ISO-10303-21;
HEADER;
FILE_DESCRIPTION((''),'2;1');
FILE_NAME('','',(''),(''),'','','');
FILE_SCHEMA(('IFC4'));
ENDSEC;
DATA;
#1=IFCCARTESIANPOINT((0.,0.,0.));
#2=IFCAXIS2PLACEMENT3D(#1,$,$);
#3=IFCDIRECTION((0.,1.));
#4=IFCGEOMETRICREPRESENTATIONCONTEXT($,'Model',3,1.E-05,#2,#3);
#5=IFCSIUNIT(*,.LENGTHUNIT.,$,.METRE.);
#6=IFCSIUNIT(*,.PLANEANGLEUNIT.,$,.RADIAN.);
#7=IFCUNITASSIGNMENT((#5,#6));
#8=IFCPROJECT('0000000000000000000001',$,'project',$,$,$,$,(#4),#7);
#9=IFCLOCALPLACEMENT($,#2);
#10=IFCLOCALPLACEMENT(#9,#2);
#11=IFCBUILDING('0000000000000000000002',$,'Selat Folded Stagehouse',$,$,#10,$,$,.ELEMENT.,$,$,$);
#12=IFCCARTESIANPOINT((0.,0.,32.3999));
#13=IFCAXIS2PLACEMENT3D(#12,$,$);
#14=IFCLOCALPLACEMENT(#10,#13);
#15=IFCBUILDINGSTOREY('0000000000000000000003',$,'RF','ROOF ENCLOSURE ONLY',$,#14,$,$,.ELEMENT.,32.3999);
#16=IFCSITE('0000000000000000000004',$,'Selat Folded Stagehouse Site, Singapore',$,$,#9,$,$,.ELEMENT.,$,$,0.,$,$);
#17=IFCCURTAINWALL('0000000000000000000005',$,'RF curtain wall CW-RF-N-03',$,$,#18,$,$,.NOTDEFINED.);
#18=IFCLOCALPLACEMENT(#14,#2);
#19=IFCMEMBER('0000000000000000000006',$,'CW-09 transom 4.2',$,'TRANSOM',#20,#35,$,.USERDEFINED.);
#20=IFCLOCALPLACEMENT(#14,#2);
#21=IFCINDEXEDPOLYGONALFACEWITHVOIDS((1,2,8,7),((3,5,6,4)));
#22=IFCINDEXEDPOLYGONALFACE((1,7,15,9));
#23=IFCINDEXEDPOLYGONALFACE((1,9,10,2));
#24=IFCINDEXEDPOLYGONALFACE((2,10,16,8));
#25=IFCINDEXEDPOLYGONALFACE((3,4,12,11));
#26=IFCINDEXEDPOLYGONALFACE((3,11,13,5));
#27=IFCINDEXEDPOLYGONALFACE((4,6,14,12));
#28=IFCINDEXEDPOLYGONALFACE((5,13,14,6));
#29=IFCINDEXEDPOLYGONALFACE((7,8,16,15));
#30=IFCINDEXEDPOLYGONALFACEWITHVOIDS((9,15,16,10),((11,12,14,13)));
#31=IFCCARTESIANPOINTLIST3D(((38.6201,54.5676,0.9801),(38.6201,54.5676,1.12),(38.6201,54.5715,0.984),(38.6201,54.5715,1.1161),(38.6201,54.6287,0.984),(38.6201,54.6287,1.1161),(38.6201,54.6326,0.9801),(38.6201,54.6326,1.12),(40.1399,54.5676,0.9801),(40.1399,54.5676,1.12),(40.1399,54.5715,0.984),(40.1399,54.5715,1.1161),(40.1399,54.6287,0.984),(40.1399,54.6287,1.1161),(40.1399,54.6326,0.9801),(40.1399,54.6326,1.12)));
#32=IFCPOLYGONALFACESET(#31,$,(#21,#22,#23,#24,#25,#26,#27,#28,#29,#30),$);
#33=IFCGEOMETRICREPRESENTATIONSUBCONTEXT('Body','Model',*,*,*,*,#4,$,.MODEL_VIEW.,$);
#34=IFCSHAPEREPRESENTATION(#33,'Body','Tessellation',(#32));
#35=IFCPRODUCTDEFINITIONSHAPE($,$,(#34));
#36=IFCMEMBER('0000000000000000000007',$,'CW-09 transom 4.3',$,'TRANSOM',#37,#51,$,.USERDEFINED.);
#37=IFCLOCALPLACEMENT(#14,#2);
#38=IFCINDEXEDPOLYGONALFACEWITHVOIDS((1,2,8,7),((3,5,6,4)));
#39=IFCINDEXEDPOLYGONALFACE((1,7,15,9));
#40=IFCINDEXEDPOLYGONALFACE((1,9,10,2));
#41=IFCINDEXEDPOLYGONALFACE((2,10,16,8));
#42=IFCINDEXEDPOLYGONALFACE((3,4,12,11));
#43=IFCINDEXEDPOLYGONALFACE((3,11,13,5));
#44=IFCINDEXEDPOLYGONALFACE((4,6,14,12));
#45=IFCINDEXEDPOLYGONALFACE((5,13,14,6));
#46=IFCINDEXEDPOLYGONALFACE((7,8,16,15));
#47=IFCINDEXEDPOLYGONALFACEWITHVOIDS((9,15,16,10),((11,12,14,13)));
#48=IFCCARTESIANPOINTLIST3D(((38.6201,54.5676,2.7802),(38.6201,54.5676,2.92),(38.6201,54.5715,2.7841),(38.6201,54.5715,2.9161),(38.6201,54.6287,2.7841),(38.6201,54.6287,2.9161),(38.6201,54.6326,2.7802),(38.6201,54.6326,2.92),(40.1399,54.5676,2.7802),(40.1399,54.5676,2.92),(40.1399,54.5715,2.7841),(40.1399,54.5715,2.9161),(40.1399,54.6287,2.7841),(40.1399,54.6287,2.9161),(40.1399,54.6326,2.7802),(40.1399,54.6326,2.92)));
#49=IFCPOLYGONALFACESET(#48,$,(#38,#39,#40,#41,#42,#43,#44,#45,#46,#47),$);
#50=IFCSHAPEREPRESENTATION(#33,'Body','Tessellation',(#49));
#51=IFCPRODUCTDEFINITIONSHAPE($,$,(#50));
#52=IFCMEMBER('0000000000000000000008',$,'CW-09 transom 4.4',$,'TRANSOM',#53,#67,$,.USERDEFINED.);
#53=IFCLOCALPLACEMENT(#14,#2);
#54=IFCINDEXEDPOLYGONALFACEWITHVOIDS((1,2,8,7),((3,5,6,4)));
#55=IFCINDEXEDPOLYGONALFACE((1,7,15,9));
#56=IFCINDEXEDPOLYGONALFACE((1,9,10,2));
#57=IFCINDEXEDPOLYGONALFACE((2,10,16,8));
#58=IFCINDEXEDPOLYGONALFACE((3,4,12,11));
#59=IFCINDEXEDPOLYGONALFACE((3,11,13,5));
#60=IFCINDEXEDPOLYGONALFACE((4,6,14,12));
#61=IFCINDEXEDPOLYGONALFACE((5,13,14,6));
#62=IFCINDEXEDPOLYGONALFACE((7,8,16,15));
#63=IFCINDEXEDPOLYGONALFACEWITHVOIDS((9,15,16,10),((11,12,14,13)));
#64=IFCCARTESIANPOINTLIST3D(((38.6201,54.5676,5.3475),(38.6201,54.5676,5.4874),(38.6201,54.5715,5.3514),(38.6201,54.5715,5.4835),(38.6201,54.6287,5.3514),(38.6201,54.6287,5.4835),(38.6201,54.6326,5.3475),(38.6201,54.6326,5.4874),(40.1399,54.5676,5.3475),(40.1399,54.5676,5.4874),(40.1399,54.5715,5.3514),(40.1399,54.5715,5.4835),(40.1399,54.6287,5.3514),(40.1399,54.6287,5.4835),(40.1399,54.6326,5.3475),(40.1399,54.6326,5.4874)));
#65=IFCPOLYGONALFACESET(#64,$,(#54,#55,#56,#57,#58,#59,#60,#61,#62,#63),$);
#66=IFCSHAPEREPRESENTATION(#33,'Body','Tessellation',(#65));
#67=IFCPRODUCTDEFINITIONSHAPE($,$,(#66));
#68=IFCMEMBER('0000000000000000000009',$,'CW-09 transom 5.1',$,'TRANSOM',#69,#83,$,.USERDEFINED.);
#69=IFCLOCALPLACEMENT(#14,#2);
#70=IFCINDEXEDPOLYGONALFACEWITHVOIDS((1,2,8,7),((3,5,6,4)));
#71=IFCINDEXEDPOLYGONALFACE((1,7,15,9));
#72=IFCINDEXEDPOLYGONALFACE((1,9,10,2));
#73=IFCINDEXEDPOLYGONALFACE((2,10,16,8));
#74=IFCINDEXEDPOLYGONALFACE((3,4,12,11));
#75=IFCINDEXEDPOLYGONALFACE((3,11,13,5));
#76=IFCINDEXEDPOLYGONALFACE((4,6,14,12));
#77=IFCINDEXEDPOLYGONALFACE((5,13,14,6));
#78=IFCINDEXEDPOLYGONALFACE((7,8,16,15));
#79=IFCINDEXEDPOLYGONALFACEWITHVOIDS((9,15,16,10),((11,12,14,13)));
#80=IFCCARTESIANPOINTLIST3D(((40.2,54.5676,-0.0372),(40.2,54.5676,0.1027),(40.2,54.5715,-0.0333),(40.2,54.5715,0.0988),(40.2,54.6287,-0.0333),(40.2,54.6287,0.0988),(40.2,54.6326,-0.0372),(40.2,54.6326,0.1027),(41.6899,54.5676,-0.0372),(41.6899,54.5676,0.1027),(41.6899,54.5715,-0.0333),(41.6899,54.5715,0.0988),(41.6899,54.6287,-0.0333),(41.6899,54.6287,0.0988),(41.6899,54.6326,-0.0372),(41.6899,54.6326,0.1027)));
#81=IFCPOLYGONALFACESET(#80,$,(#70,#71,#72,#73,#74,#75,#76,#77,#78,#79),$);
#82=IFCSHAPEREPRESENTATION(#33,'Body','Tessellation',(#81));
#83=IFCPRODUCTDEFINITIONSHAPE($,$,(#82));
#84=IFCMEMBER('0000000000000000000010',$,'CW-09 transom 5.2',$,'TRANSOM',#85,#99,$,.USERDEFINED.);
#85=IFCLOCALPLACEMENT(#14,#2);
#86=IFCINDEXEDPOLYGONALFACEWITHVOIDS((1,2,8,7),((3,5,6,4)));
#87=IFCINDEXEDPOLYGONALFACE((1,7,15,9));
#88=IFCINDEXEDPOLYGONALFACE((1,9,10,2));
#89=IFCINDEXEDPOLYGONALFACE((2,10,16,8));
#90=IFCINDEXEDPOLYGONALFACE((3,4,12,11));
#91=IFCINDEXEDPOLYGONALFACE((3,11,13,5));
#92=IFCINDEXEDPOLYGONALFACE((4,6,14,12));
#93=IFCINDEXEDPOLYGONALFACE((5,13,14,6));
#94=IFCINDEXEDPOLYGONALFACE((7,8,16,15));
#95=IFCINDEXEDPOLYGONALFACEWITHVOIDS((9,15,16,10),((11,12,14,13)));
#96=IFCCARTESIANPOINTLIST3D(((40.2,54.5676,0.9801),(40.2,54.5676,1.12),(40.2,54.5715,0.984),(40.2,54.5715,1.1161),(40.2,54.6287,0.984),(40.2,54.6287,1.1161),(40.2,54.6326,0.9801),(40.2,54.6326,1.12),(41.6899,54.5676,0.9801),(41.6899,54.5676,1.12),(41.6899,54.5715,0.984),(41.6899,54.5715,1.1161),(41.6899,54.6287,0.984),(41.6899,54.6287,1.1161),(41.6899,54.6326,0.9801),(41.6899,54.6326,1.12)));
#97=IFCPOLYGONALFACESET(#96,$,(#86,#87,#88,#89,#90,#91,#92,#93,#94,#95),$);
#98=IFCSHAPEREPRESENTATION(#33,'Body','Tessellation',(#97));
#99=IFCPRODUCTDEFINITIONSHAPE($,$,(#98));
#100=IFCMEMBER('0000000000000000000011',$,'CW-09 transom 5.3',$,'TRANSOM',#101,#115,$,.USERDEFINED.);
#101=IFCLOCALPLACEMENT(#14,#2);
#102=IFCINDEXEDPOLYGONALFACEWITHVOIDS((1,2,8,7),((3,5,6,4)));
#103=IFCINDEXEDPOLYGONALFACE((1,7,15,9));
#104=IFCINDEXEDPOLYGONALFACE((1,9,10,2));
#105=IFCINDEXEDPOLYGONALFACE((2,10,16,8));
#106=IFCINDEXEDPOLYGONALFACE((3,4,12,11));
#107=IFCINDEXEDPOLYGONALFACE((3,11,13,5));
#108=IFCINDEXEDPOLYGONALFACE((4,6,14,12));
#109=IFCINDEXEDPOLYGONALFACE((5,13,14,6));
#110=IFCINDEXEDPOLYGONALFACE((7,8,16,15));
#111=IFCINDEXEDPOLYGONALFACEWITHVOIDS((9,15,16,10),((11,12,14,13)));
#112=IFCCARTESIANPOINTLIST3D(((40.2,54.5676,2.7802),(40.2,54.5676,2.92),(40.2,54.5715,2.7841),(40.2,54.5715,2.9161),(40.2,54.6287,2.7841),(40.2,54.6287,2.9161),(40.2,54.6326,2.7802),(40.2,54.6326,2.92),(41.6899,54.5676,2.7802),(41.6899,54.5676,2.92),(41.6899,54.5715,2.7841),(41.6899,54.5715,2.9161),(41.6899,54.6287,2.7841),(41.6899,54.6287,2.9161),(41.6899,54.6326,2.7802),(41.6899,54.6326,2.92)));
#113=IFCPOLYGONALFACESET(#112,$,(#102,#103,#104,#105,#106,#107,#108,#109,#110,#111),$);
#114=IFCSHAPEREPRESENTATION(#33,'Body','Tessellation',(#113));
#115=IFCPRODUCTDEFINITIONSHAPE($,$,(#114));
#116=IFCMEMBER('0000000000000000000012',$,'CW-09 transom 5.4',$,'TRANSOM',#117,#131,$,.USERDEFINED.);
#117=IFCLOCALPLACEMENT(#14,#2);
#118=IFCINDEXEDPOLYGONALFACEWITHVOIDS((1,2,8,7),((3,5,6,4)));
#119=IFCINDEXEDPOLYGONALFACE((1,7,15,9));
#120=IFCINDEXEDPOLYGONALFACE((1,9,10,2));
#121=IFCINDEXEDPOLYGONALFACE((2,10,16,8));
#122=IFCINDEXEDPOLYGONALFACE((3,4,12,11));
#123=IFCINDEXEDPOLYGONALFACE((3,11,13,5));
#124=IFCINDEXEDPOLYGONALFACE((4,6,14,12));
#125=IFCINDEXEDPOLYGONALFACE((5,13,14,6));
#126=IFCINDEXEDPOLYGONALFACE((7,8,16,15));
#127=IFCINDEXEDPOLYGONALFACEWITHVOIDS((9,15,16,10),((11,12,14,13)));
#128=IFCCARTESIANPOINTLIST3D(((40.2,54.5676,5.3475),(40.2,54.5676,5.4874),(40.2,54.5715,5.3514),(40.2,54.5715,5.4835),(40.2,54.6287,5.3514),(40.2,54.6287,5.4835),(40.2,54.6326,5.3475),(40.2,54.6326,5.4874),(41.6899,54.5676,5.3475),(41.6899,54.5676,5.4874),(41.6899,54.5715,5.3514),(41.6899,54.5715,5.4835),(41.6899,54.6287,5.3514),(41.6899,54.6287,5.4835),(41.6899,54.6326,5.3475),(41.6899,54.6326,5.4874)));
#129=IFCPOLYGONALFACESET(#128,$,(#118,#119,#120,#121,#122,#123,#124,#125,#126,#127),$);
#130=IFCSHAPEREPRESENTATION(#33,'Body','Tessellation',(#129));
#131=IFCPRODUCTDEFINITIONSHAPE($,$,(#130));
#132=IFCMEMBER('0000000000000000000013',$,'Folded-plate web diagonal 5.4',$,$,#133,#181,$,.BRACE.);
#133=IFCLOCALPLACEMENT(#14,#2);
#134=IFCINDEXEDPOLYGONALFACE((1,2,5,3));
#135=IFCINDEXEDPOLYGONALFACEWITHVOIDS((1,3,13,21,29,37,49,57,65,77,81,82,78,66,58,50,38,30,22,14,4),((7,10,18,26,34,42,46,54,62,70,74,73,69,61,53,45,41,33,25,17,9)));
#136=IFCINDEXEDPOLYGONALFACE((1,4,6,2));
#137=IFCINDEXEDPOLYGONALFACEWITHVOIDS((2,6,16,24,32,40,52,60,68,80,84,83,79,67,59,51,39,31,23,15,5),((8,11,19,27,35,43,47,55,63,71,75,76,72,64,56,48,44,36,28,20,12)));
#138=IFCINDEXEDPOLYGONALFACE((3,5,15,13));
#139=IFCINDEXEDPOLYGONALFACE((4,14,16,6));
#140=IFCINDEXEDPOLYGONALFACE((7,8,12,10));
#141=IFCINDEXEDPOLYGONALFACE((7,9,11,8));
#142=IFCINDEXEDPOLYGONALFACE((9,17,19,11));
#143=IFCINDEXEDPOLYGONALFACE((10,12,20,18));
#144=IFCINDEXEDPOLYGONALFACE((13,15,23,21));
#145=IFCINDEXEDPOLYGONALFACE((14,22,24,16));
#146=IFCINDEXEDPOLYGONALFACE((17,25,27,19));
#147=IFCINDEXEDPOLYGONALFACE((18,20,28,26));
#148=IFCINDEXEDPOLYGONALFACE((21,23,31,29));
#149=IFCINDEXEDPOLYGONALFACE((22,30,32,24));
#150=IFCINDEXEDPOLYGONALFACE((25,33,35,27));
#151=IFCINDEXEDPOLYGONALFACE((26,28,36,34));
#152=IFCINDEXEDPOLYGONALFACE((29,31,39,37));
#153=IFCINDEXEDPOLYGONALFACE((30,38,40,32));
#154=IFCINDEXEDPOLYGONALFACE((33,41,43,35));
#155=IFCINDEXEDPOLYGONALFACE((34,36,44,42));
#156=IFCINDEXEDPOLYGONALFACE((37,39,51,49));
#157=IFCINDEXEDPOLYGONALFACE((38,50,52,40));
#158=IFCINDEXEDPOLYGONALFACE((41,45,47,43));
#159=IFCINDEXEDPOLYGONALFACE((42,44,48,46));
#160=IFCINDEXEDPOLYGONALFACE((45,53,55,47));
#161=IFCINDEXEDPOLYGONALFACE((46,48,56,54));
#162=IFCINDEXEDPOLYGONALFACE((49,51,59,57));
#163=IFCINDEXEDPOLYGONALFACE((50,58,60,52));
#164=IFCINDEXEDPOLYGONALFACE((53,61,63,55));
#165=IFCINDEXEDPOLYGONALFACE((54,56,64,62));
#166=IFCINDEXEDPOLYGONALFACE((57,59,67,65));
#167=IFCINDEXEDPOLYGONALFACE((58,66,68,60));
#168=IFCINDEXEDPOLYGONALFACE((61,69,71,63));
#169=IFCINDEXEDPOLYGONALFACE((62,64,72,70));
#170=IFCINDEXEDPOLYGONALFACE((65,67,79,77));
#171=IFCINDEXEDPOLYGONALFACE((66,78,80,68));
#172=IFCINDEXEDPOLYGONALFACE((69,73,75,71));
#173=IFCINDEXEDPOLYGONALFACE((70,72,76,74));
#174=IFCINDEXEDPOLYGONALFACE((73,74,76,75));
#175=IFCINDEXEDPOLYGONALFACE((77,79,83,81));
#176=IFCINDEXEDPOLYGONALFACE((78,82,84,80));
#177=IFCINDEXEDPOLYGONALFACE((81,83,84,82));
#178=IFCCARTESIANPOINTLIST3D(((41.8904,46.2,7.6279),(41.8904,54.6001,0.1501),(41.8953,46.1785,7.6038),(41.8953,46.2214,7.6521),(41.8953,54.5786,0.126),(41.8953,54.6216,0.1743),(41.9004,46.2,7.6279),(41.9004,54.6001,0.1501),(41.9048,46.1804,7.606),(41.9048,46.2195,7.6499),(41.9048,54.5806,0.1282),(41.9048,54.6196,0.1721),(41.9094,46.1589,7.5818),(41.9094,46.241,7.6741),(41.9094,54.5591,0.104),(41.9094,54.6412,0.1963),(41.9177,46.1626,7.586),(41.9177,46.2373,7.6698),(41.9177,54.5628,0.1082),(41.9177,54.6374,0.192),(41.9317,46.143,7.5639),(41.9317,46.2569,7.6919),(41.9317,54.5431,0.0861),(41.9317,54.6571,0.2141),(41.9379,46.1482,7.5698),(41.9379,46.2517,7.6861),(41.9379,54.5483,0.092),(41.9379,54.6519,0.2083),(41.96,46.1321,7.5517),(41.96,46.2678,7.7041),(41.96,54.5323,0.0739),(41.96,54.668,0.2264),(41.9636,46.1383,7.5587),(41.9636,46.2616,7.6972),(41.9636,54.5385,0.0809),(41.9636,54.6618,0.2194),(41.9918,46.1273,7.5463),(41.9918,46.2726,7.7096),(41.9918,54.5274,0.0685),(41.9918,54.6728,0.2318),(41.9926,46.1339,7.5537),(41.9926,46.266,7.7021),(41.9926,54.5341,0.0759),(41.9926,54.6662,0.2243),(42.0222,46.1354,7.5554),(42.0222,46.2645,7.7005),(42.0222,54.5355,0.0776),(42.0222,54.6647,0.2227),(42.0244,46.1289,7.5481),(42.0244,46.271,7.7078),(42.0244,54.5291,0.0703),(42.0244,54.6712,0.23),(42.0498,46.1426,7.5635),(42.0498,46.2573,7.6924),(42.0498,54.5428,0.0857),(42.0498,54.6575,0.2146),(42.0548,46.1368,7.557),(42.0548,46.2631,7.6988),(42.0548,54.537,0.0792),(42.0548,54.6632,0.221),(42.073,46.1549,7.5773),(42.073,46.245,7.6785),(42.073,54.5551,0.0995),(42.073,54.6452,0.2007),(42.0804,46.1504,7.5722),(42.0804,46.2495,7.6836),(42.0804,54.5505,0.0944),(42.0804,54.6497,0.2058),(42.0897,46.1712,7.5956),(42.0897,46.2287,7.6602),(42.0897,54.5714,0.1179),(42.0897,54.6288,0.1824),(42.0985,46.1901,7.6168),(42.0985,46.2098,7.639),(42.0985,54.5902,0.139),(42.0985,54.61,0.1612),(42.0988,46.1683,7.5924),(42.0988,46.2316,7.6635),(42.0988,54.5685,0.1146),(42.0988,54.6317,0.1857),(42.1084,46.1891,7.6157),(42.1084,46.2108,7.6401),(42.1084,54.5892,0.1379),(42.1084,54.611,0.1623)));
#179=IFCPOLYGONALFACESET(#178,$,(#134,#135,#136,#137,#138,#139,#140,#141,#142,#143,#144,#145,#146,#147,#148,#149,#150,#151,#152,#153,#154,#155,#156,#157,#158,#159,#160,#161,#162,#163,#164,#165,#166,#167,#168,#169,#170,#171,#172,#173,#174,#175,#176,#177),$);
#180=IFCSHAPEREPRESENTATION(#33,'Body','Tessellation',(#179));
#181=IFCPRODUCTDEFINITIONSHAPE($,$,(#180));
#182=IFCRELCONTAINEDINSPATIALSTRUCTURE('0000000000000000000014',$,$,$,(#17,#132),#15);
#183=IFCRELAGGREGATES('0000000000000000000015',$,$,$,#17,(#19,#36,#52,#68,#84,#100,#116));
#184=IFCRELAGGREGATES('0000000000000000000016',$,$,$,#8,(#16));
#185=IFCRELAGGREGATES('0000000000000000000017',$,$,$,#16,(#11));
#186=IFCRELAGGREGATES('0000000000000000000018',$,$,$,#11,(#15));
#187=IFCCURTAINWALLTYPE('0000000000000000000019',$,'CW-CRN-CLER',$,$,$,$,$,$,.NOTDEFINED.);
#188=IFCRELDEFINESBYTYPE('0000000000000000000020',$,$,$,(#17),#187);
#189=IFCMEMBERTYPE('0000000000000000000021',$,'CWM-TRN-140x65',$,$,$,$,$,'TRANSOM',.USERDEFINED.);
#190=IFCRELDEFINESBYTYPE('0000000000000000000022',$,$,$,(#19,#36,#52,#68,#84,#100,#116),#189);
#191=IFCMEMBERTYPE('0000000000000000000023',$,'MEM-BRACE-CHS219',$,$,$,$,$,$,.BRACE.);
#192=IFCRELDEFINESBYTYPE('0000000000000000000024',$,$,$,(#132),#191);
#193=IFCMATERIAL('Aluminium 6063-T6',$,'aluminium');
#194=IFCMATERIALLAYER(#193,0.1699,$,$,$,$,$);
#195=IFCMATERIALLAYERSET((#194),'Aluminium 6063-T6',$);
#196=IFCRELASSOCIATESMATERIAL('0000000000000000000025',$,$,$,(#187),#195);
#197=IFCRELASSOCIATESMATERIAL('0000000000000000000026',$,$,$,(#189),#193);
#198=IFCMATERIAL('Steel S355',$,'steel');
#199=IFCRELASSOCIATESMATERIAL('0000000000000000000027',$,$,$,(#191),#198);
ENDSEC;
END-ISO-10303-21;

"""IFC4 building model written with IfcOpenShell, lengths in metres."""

from ifc_helpers import new_model, si_unit, direction, frame, origin, origin_2d, place, context, subcontext, project, spatial, hollow_rectangle, hollow_circle, extrude, material, layer, layer_set, material_profile, profile_set, type_object, element, aggregate, save


model = new_model("IFC4")

# Units and contexts
model_context = context("Model", 3, precision=1e-05, world=origin(), true_north=direction((0.0, 1.0)))
body_context = subcontext(model_context, "Body", "Model", "MODEL_VIEW")
ifc_project = project(units=[si_unit("LENGTHUNIT", "METRE"), si_unit("PLANEANGLEUNIT", "RADIAN")], contexts=[model_context])

# Site, building, storey
site_placement = place(None, origin())
site = spatial("IfcSite", under=ifc_project, at=site_placement, Name="Selat Folded Stagehouse Site, Singapore", CompositionType="ELEMENT", RefElevation=0.0)
building_placement = place(site_placement, origin())
building = spatial("IfcBuilding", under=site, at=building_placement, Name="Selat Folded Stagehouse", CompositionType="ELEMENT")
storey_placement = place(building_placement, frame((0.0, 0.0, 32.3999)))
storey = spatial("IfcBuildingStorey", under=building, at=storey_placement, Name="RF", Description="ROOF ENCLOSURE ONLY", CompositionType="ELEMENT", Elevation=32.3999)

# Shared definitions
ifc_material_1 = material(Name="Steel S355", Category="steel")

# Curtain wall, members
ifc_material_2 = material(Name="Aluminium 6063-T6", Category="aluminium")
ifc_layer_1 = layer(ifc_material_2, 0.1699)
ifc_layer_set_1 = layer_set([ifc_layer_1], Name="Aluminium 6063-T6")
curtain_wall_type = type_object("IfcCurtainWallType", Name="CW-CRN-CLER", PredefinedType="NOTDEFINED", material=ifc_layer_set_1)
curtain_wall_placement = place(storey_placement, origin())
curtain_wall = element("IfcCurtainWall", 1, at=curtain_wall_placement, inside=storey, type_object=curtain_wall_type, Name="RF curtain wall CW-RF-N-03", PredefinedType="NOTDEFINED")
ifc_material_profile_1 = material_profile(ifc_material_2, hollow_rectangle(XDim=0.0649, YDim=0.1399, WallThickness=0.0039, at=origin_2d()), Name="ALU 140x65x4.0")
ifc_profile_set_1 = profile_set([ifc_material_profile_1], Name="Aluminium 6063-T6")
member_type_1 = type_object("IfcMemberType", Name="CWM-TRN-140x65", ElementType="TRANSOM", PredefinedType="USERDEFINED", material=ifc_profile_set_1)
member_1_placement = place(storey_placement, frame((38.6201, 54.6001, 1.05), z_axis=(1.0, 0.0, 0.0), x_axis=(0.0, 1.0, 0.0)))
member_1 = element("IfcMember", 2, at=member_1_placement, type_object=member_type_1, Name="CW-09 transom 4.2", ObjectType="TRANSOM", PredefinedType="USERDEFINED", context=body_context, shape_type="SweptSolid", body=[
    extrude(hollow_rectangle(XDim=0.0649, YDim=0.1399, WallThickness=0.0039, at=origin_2d()), origin(), (0.0, 0.0, 1.0), 1.5198),
])
member_2_placement = place(storey_placement, frame((38.6201, 54.6001, 2.8501), z_axis=(1.0, 0.0, 0.0), x_axis=(0.0, 1.0, 0.0)))
member_2 = element("IfcMember", 3, at=member_2_placement, type_object=member_type_1, Name="CW-09 transom 4.3", ObjectType="TRANSOM", PredefinedType="USERDEFINED", context=body_context, shape_type="SweptSolid", body=[
    extrude(hollow_rectangle(XDim=0.0649, YDim=0.1399, WallThickness=0.0039, at=origin_2d()), origin(), (0.0, 0.0, 1.0), 1.5198),
])
member_3_placement = place(storey_placement, frame((38.6201, 54.6001, 5.4175), z_axis=(1.0, 0.0, 0.0), x_axis=(0.0, 1.0, 0.0)))
member_3 = element("IfcMember", 4, at=member_3_placement, type_object=member_type_1, Name="CW-09 transom 4.4", ObjectType="TRANSOM", PredefinedType="USERDEFINED", context=body_context, shape_type="SweptSolid", body=[
    extrude(hollow_rectangle(XDim=0.0649, YDim=0.1399, WallThickness=0.0039, at=origin_2d()), origin(), (0.0, 0.0, 1.0), 1.5198),
])
member_4_placement = place(storey_placement, frame((40.2, 54.6001, 0.0327), z_axis=(1.0, 0.0, 0.0), x_axis=(0.0, 1.0, 0.0)))
member_4 = element("IfcMember", 5, at=member_4_placement, type_object=member_type_1, Name="CW-09 transom 5.1", ObjectType="TRANSOM", PredefinedType="USERDEFINED", context=body_context, shape_type="SweptSolid", body=[
    extrude(hollow_rectangle(XDim=0.0649, YDim=0.1399, WallThickness=0.0039, at=origin_2d()), origin(), (0.0, 0.0, 1.0), 1.49),
])
member_5_placement = place(storey_placement, frame((40.2, 54.6001, 1.05), z_axis=(1.0, 0.0, 0.0), x_axis=(0.0, 1.0, 0.0)))
member_5 = element("IfcMember", 6, at=member_5_placement, type_object=member_type_1, Name="CW-09 transom 5.2", ObjectType="TRANSOM", PredefinedType="USERDEFINED", context=body_context, shape_type="SweptSolid", body=[
    extrude(hollow_rectangle(XDim=0.0649, YDim=0.1399, WallThickness=0.0039, at=origin_2d()), origin(), (0.0, 0.0, 1.0), 1.49),
])
member_6_placement = place(storey_placement, frame((40.2, 54.6001, 2.8501), z_axis=(1.0, 0.0, 0.0), x_axis=(0.0, 1.0, 0.0)))
member_6 = element("IfcMember", 7, at=member_6_placement, type_object=member_type_1, Name="CW-09 transom 5.3", ObjectType="TRANSOM", PredefinedType="USERDEFINED", context=body_context, shape_type="SweptSolid", body=[
    extrude(hollow_rectangle(XDim=0.0649, YDim=0.1399, WallThickness=0.0039, at=origin_2d()), origin(), (0.0, 0.0, 1.0), 1.49),
])
member_7_placement = place(storey_placement, frame((40.2, 54.6001, 5.4175), z_axis=(1.0, 0.0, 0.0), x_axis=(0.0, 1.0, 0.0)))
member_7 = element("IfcMember", 8, at=member_7_placement, type_object=member_type_1, Name="CW-09 transom 5.4", ObjectType="TRANSOM", PredefinedType="USERDEFINED", context=body_context, shape_type="SweptSolid", body=[
    extrude(hollow_rectangle(XDim=0.0649, YDim=0.1399, WallThickness=0.0039, at=origin_2d()), origin(), (0.0, 0.0, 1.0), 1.49),
])

# Member
ifc_material_profile_2 = material_profile(ifc_material_1, hollow_circle(Radius=0.1096, WallThickness=0.01, at=origin_2d()), Name="CHS 219.1x10.0")
ifc_profile_set_2 = profile_set([ifc_material_profile_2], Name="Steel S355")
member_type_2 = type_object("IfcMemberType", Name="MEM-BRACE-CHS219", PredefinedType="BRACE", material=ifc_profile_set_2)
member_8_placement = place(storey_placement, frame((42.0, 46.2, 7.6279), z_axis=(0.0, 0.746924, -0.664909), x_axis=(-1.0, 0.0, 0.0)))
element("IfcMember", 9, at=member_8_placement, inside=storey, type_object=member_type_2, Name="Folded-plate web diagonal 5.4", PredefinedType="BRACE", context=body_context, shape_type="SweptSolid", body=[
    extrude(hollow_circle(Radius=0.1096, WallThickness=0.01, at=origin_2d()), origin(), (0.0, 0.0, 1.0), 11.2463),
])

aggregate(curtain_wall, [member_1, member_2, member_3, member_4, member_5, member_6, member_7])

save(model, "model.ifc")
